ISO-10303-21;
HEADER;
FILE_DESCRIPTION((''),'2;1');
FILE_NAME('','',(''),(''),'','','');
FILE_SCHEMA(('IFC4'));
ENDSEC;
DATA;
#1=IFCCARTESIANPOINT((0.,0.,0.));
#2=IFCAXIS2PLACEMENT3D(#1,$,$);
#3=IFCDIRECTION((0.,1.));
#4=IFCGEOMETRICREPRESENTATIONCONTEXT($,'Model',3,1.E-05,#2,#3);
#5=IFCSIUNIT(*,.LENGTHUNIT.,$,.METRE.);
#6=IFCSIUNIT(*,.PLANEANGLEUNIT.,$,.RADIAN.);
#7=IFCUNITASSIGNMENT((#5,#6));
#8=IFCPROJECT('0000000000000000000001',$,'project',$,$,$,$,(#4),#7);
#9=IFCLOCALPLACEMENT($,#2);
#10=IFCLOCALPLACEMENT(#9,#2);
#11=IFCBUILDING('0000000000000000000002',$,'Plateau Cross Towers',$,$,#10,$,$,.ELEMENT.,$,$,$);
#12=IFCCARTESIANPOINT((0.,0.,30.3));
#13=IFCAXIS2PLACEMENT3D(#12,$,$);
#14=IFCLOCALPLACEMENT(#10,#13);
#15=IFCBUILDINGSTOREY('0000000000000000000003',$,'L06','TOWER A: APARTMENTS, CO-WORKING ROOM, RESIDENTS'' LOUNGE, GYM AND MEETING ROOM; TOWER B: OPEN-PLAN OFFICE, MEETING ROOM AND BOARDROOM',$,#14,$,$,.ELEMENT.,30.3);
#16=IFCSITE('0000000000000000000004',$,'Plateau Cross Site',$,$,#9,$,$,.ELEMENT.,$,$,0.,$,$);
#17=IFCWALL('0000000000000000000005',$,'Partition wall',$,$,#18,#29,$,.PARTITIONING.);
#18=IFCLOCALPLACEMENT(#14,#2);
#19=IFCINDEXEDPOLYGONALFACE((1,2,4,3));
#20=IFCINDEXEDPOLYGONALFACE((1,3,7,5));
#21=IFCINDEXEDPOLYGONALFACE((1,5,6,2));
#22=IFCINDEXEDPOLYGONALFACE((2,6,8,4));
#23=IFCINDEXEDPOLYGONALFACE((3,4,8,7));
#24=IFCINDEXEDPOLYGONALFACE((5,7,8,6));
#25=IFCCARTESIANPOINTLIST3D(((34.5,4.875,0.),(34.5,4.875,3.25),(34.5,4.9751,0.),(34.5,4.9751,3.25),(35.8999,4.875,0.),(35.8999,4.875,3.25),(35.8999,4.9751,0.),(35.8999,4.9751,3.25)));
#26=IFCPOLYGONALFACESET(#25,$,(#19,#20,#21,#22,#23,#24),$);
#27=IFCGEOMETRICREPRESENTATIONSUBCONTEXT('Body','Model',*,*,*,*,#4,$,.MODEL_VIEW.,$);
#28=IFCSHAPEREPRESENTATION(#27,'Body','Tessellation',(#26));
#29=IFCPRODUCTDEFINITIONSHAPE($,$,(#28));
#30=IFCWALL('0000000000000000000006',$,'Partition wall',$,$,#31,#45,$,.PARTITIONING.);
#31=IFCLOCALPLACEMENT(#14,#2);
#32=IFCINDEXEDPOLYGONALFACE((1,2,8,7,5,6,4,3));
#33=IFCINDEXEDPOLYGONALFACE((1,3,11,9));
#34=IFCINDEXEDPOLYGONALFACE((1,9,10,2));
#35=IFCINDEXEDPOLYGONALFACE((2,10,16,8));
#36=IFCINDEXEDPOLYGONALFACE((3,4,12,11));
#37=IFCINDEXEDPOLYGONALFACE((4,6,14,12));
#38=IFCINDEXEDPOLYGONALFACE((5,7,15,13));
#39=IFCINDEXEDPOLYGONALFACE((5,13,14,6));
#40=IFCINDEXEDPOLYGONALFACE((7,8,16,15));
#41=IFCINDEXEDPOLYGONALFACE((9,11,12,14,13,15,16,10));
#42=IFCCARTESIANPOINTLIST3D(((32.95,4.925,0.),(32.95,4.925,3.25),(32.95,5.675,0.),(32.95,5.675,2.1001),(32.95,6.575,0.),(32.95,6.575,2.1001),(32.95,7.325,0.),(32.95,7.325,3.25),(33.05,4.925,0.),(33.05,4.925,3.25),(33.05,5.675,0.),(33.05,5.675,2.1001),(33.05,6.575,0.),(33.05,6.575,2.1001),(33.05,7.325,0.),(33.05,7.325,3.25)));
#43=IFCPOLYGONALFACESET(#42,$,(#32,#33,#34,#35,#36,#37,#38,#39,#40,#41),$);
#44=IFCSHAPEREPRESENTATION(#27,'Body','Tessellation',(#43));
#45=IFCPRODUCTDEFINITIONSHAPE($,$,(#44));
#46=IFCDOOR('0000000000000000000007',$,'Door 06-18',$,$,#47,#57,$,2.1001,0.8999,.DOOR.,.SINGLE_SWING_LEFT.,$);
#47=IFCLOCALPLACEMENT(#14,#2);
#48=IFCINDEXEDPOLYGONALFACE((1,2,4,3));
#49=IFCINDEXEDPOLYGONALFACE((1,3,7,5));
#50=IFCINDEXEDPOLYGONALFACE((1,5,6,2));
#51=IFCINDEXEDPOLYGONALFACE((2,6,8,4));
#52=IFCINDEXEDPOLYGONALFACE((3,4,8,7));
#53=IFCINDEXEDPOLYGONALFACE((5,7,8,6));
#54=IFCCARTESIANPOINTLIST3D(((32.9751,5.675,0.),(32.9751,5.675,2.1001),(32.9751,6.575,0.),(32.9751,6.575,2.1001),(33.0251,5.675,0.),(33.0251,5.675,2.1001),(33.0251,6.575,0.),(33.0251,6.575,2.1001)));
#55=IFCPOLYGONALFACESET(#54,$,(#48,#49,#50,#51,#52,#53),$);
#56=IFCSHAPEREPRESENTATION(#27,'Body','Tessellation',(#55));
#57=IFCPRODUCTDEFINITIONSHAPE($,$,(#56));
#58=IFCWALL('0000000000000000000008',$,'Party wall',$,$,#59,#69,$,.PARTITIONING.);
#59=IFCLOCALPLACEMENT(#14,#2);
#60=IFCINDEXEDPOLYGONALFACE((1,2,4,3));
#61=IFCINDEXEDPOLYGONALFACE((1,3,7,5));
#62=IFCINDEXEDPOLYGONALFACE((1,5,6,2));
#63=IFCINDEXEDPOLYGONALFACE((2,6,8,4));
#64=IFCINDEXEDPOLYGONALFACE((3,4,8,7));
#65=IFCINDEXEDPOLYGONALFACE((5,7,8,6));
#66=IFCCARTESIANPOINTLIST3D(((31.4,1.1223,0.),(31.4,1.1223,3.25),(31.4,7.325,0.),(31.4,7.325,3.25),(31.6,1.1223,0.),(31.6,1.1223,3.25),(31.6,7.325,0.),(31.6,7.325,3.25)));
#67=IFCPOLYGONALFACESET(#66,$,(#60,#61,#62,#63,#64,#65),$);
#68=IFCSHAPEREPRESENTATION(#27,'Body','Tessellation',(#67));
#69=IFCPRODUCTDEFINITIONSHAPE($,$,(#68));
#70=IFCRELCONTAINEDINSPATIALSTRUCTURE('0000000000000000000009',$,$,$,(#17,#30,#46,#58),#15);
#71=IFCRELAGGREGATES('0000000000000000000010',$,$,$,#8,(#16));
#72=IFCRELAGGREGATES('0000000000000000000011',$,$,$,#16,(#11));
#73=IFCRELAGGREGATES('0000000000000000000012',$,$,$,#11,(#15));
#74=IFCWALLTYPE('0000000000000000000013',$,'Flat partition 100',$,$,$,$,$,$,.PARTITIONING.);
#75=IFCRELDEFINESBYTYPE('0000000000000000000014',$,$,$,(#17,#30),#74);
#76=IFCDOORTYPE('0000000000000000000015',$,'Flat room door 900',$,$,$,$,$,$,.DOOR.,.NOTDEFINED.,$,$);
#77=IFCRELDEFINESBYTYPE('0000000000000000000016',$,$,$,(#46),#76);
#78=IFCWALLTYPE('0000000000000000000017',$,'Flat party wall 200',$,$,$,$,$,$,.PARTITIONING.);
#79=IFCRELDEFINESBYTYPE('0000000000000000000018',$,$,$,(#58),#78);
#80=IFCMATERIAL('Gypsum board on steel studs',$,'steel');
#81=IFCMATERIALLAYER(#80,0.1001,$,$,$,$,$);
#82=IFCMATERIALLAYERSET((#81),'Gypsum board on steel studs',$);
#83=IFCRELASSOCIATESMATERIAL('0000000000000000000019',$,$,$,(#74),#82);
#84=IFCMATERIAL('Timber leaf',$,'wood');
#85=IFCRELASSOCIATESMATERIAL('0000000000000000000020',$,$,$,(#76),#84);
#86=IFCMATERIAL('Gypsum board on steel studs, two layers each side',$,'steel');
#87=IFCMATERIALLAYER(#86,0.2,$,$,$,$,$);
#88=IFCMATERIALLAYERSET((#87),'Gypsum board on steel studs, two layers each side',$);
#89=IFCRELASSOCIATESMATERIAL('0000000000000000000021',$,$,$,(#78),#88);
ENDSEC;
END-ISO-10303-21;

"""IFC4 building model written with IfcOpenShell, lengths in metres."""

from ifc_helpers import new_model, si_unit, direction, frame, frame_2d, origin, place, context, subcontext, project, spatial, rectangle, extrude, material, layer, layer_set, type_object, element, fill, save


model = new_model("IFC4")

# Units and contexts
model_context = context("Model", 3, precision=1e-05, world=origin(), true_north=direction((0.0, 1.0)))
body_context = subcontext(model_context, "Body", "Model", "MODEL_VIEW")
ifc_project = project(units=[si_unit("LENGTHUNIT", "METRE"), si_unit("PLANEANGLEUNIT", "RADIAN")], contexts=[model_context])

# Site, building, storey
site_placement = place(None, origin())
site = spatial("IfcSite", under=ifc_project, at=site_placement, Name="Plateau Cross Site", CompositionType="ELEMENT", RefElevation=0.0)
building_placement = place(site_placement, origin())
building = spatial("IfcBuilding", under=site, at=building_placement, Name="Plateau Cross Towers", CompositionType="ELEMENT")
storey_placement = place(building_placement, frame((0.0, 0.0, 30.3)))
storey = spatial("IfcBuildingStorey", under=building, at=storey_placement, Name="L06", Description="TOWER A: APARTMENTS, CO-WORKING ROOM, RESIDENTS' LOUNGE, GYM AND MEETING ROOM; TOWER B: OPEN-PLAN OFFICE, MEETING ROOM AND BOARDROOM", CompositionType="ELEMENT", Elevation=30.3)

# Wall
ifc_material_1 = material(Name="Gypsum board on steel studs", Category="steel")
ifc_layer_1 = layer(ifc_material_1, 0.1001)
ifc_layer_set_1 = layer_set([ifc_layer_1], Name="Gypsum board on steel studs")
wall_type_1 = type_object("IfcWallType", Name="Flat partition 100", PredefinedType="PARTITIONING", material=ifc_layer_set_1)
wall_1_placement = place(storey_placement, frame((34.5, 4.925, 0.0), z_axis=(0.0, 0.0, 1.0), x_axis=(1.0, 0.0, 0.0)))
element("IfcWall", 1, at=wall_1_placement, inside=storey, type_object=wall_type_1, Name="Partition wall", PredefinedType="PARTITIONING", context=body_context, shape_type="SweptSolid", body=[
    extrude(rectangle(XDim=1.3999, YDim=0.1001, at=frame_2d((0.7, 0.0))), origin(), (0.0, 0.0, 1.0), 3.25),
])

# Wall, opening, door
wall_2_placement = place(storey_placement, frame((33.0, 4.925, 0.0), z_axis=(0.0, 0.0, 1.0), x_axis=(0.0, 1.0, 0.0)))
wall_2 = element("IfcWall", 2, at=wall_2_placement, inside=storey, type_object=wall_type_1, Name="Partition wall", PredefinedType="PARTITIONING", context=body_context, shape_type="SweptSolid", body=[
    extrude(rectangle(XDim=2.3999, YDim=0.1001, at=frame_2d((1.2, 0.0))), origin(), (0.0, 0.0, 1.0), 3.25),
])
opening_1_placement = place(wall_2_placement, frame((0.75, 0.0, 0.0)))
opening_1 = element("IfcOpeningElement", 3, at=opening_1_placement, cuts=wall_2, PredefinedType="OPENING", context=body_context, shape_type="SweptSolid", body=[
    extrude(rectangle(XDim=0.8999, YDim=2.1001, at=frame_2d((0.45, 1.05))), frame((0.0, 0.0601, 0.0), z_axis=(0.0, -1.0, 0.0), x_axis=(1.0, 0.0, 0.0)), (0.0, 0.0, 1.0), 0.1201),
])
ifc_material_2 = material(Name="Timber leaf", Category="wood")
door_type_1 = type_object("IfcDoorType", Name="Flat room door 900", OperationType="NOTDEFINED", PredefinedType="DOOR", material=ifc_material_2)
door_1_placement = place(opening_1_placement, origin())
door_1 = element("IfcDoor", 4, at=door_1_placement, inside=storey, type_object=door_type_1, Name="Door 06-18", OperationType="SINGLE_SWING_LEFT", OverallHeight=2.1001, OverallWidth=0.8999, PredefinedType="DOOR", context=body_context, shape_type="SweptSolid", body=[
    extrude(rectangle(XDim=0.8999, YDim=2.1001, at=frame_2d((0.45, 1.05))), frame((0.0, 0.0249, 0.0), z_axis=(0.0, -1.0, 0.0), x_axis=(1.0, 0.0, 0.0)), (0.0, 0.0, 1.0), 0.05),
])
fill(opening_1, door_1)

# Wall
ifc_material_3 = material(Name="Gypsum board on steel studs, two layers each side", Category="steel")
ifc_layer_2 = layer(ifc_material_3, 0.2)
ifc_layer_set_2 = layer_set([ifc_layer_2], Name="Gypsum board on steel studs, two layers each side")
wall_type_2 = type_object("IfcWallType", Name="Flat party wall 200", PredefinedType="PARTITIONING", material=ifc_layer_set_2)
wall_3_placement = place(storey_placement, frame((31.5, 1.1223, 0.0), z_axis=(0.0, 0.0, 1.0), x_axis=(0.0, 1.0, 0.0)))
element("IfcWall", 5, at=wall_3_placement, inside=storey, type_object=wall_type_2, Name="Party wall", PredefinedType="PARTITIONING", context=body_context, shape_type="SweptSolid", body=[
    extrude(rectangle(XDim=6.2026, YDim=0.2, at=frame_2d((3.1013, 0.0))), origin(), (0.0, 0.0, 1.0), 3.25),
])

save(model, "model.ifc")
